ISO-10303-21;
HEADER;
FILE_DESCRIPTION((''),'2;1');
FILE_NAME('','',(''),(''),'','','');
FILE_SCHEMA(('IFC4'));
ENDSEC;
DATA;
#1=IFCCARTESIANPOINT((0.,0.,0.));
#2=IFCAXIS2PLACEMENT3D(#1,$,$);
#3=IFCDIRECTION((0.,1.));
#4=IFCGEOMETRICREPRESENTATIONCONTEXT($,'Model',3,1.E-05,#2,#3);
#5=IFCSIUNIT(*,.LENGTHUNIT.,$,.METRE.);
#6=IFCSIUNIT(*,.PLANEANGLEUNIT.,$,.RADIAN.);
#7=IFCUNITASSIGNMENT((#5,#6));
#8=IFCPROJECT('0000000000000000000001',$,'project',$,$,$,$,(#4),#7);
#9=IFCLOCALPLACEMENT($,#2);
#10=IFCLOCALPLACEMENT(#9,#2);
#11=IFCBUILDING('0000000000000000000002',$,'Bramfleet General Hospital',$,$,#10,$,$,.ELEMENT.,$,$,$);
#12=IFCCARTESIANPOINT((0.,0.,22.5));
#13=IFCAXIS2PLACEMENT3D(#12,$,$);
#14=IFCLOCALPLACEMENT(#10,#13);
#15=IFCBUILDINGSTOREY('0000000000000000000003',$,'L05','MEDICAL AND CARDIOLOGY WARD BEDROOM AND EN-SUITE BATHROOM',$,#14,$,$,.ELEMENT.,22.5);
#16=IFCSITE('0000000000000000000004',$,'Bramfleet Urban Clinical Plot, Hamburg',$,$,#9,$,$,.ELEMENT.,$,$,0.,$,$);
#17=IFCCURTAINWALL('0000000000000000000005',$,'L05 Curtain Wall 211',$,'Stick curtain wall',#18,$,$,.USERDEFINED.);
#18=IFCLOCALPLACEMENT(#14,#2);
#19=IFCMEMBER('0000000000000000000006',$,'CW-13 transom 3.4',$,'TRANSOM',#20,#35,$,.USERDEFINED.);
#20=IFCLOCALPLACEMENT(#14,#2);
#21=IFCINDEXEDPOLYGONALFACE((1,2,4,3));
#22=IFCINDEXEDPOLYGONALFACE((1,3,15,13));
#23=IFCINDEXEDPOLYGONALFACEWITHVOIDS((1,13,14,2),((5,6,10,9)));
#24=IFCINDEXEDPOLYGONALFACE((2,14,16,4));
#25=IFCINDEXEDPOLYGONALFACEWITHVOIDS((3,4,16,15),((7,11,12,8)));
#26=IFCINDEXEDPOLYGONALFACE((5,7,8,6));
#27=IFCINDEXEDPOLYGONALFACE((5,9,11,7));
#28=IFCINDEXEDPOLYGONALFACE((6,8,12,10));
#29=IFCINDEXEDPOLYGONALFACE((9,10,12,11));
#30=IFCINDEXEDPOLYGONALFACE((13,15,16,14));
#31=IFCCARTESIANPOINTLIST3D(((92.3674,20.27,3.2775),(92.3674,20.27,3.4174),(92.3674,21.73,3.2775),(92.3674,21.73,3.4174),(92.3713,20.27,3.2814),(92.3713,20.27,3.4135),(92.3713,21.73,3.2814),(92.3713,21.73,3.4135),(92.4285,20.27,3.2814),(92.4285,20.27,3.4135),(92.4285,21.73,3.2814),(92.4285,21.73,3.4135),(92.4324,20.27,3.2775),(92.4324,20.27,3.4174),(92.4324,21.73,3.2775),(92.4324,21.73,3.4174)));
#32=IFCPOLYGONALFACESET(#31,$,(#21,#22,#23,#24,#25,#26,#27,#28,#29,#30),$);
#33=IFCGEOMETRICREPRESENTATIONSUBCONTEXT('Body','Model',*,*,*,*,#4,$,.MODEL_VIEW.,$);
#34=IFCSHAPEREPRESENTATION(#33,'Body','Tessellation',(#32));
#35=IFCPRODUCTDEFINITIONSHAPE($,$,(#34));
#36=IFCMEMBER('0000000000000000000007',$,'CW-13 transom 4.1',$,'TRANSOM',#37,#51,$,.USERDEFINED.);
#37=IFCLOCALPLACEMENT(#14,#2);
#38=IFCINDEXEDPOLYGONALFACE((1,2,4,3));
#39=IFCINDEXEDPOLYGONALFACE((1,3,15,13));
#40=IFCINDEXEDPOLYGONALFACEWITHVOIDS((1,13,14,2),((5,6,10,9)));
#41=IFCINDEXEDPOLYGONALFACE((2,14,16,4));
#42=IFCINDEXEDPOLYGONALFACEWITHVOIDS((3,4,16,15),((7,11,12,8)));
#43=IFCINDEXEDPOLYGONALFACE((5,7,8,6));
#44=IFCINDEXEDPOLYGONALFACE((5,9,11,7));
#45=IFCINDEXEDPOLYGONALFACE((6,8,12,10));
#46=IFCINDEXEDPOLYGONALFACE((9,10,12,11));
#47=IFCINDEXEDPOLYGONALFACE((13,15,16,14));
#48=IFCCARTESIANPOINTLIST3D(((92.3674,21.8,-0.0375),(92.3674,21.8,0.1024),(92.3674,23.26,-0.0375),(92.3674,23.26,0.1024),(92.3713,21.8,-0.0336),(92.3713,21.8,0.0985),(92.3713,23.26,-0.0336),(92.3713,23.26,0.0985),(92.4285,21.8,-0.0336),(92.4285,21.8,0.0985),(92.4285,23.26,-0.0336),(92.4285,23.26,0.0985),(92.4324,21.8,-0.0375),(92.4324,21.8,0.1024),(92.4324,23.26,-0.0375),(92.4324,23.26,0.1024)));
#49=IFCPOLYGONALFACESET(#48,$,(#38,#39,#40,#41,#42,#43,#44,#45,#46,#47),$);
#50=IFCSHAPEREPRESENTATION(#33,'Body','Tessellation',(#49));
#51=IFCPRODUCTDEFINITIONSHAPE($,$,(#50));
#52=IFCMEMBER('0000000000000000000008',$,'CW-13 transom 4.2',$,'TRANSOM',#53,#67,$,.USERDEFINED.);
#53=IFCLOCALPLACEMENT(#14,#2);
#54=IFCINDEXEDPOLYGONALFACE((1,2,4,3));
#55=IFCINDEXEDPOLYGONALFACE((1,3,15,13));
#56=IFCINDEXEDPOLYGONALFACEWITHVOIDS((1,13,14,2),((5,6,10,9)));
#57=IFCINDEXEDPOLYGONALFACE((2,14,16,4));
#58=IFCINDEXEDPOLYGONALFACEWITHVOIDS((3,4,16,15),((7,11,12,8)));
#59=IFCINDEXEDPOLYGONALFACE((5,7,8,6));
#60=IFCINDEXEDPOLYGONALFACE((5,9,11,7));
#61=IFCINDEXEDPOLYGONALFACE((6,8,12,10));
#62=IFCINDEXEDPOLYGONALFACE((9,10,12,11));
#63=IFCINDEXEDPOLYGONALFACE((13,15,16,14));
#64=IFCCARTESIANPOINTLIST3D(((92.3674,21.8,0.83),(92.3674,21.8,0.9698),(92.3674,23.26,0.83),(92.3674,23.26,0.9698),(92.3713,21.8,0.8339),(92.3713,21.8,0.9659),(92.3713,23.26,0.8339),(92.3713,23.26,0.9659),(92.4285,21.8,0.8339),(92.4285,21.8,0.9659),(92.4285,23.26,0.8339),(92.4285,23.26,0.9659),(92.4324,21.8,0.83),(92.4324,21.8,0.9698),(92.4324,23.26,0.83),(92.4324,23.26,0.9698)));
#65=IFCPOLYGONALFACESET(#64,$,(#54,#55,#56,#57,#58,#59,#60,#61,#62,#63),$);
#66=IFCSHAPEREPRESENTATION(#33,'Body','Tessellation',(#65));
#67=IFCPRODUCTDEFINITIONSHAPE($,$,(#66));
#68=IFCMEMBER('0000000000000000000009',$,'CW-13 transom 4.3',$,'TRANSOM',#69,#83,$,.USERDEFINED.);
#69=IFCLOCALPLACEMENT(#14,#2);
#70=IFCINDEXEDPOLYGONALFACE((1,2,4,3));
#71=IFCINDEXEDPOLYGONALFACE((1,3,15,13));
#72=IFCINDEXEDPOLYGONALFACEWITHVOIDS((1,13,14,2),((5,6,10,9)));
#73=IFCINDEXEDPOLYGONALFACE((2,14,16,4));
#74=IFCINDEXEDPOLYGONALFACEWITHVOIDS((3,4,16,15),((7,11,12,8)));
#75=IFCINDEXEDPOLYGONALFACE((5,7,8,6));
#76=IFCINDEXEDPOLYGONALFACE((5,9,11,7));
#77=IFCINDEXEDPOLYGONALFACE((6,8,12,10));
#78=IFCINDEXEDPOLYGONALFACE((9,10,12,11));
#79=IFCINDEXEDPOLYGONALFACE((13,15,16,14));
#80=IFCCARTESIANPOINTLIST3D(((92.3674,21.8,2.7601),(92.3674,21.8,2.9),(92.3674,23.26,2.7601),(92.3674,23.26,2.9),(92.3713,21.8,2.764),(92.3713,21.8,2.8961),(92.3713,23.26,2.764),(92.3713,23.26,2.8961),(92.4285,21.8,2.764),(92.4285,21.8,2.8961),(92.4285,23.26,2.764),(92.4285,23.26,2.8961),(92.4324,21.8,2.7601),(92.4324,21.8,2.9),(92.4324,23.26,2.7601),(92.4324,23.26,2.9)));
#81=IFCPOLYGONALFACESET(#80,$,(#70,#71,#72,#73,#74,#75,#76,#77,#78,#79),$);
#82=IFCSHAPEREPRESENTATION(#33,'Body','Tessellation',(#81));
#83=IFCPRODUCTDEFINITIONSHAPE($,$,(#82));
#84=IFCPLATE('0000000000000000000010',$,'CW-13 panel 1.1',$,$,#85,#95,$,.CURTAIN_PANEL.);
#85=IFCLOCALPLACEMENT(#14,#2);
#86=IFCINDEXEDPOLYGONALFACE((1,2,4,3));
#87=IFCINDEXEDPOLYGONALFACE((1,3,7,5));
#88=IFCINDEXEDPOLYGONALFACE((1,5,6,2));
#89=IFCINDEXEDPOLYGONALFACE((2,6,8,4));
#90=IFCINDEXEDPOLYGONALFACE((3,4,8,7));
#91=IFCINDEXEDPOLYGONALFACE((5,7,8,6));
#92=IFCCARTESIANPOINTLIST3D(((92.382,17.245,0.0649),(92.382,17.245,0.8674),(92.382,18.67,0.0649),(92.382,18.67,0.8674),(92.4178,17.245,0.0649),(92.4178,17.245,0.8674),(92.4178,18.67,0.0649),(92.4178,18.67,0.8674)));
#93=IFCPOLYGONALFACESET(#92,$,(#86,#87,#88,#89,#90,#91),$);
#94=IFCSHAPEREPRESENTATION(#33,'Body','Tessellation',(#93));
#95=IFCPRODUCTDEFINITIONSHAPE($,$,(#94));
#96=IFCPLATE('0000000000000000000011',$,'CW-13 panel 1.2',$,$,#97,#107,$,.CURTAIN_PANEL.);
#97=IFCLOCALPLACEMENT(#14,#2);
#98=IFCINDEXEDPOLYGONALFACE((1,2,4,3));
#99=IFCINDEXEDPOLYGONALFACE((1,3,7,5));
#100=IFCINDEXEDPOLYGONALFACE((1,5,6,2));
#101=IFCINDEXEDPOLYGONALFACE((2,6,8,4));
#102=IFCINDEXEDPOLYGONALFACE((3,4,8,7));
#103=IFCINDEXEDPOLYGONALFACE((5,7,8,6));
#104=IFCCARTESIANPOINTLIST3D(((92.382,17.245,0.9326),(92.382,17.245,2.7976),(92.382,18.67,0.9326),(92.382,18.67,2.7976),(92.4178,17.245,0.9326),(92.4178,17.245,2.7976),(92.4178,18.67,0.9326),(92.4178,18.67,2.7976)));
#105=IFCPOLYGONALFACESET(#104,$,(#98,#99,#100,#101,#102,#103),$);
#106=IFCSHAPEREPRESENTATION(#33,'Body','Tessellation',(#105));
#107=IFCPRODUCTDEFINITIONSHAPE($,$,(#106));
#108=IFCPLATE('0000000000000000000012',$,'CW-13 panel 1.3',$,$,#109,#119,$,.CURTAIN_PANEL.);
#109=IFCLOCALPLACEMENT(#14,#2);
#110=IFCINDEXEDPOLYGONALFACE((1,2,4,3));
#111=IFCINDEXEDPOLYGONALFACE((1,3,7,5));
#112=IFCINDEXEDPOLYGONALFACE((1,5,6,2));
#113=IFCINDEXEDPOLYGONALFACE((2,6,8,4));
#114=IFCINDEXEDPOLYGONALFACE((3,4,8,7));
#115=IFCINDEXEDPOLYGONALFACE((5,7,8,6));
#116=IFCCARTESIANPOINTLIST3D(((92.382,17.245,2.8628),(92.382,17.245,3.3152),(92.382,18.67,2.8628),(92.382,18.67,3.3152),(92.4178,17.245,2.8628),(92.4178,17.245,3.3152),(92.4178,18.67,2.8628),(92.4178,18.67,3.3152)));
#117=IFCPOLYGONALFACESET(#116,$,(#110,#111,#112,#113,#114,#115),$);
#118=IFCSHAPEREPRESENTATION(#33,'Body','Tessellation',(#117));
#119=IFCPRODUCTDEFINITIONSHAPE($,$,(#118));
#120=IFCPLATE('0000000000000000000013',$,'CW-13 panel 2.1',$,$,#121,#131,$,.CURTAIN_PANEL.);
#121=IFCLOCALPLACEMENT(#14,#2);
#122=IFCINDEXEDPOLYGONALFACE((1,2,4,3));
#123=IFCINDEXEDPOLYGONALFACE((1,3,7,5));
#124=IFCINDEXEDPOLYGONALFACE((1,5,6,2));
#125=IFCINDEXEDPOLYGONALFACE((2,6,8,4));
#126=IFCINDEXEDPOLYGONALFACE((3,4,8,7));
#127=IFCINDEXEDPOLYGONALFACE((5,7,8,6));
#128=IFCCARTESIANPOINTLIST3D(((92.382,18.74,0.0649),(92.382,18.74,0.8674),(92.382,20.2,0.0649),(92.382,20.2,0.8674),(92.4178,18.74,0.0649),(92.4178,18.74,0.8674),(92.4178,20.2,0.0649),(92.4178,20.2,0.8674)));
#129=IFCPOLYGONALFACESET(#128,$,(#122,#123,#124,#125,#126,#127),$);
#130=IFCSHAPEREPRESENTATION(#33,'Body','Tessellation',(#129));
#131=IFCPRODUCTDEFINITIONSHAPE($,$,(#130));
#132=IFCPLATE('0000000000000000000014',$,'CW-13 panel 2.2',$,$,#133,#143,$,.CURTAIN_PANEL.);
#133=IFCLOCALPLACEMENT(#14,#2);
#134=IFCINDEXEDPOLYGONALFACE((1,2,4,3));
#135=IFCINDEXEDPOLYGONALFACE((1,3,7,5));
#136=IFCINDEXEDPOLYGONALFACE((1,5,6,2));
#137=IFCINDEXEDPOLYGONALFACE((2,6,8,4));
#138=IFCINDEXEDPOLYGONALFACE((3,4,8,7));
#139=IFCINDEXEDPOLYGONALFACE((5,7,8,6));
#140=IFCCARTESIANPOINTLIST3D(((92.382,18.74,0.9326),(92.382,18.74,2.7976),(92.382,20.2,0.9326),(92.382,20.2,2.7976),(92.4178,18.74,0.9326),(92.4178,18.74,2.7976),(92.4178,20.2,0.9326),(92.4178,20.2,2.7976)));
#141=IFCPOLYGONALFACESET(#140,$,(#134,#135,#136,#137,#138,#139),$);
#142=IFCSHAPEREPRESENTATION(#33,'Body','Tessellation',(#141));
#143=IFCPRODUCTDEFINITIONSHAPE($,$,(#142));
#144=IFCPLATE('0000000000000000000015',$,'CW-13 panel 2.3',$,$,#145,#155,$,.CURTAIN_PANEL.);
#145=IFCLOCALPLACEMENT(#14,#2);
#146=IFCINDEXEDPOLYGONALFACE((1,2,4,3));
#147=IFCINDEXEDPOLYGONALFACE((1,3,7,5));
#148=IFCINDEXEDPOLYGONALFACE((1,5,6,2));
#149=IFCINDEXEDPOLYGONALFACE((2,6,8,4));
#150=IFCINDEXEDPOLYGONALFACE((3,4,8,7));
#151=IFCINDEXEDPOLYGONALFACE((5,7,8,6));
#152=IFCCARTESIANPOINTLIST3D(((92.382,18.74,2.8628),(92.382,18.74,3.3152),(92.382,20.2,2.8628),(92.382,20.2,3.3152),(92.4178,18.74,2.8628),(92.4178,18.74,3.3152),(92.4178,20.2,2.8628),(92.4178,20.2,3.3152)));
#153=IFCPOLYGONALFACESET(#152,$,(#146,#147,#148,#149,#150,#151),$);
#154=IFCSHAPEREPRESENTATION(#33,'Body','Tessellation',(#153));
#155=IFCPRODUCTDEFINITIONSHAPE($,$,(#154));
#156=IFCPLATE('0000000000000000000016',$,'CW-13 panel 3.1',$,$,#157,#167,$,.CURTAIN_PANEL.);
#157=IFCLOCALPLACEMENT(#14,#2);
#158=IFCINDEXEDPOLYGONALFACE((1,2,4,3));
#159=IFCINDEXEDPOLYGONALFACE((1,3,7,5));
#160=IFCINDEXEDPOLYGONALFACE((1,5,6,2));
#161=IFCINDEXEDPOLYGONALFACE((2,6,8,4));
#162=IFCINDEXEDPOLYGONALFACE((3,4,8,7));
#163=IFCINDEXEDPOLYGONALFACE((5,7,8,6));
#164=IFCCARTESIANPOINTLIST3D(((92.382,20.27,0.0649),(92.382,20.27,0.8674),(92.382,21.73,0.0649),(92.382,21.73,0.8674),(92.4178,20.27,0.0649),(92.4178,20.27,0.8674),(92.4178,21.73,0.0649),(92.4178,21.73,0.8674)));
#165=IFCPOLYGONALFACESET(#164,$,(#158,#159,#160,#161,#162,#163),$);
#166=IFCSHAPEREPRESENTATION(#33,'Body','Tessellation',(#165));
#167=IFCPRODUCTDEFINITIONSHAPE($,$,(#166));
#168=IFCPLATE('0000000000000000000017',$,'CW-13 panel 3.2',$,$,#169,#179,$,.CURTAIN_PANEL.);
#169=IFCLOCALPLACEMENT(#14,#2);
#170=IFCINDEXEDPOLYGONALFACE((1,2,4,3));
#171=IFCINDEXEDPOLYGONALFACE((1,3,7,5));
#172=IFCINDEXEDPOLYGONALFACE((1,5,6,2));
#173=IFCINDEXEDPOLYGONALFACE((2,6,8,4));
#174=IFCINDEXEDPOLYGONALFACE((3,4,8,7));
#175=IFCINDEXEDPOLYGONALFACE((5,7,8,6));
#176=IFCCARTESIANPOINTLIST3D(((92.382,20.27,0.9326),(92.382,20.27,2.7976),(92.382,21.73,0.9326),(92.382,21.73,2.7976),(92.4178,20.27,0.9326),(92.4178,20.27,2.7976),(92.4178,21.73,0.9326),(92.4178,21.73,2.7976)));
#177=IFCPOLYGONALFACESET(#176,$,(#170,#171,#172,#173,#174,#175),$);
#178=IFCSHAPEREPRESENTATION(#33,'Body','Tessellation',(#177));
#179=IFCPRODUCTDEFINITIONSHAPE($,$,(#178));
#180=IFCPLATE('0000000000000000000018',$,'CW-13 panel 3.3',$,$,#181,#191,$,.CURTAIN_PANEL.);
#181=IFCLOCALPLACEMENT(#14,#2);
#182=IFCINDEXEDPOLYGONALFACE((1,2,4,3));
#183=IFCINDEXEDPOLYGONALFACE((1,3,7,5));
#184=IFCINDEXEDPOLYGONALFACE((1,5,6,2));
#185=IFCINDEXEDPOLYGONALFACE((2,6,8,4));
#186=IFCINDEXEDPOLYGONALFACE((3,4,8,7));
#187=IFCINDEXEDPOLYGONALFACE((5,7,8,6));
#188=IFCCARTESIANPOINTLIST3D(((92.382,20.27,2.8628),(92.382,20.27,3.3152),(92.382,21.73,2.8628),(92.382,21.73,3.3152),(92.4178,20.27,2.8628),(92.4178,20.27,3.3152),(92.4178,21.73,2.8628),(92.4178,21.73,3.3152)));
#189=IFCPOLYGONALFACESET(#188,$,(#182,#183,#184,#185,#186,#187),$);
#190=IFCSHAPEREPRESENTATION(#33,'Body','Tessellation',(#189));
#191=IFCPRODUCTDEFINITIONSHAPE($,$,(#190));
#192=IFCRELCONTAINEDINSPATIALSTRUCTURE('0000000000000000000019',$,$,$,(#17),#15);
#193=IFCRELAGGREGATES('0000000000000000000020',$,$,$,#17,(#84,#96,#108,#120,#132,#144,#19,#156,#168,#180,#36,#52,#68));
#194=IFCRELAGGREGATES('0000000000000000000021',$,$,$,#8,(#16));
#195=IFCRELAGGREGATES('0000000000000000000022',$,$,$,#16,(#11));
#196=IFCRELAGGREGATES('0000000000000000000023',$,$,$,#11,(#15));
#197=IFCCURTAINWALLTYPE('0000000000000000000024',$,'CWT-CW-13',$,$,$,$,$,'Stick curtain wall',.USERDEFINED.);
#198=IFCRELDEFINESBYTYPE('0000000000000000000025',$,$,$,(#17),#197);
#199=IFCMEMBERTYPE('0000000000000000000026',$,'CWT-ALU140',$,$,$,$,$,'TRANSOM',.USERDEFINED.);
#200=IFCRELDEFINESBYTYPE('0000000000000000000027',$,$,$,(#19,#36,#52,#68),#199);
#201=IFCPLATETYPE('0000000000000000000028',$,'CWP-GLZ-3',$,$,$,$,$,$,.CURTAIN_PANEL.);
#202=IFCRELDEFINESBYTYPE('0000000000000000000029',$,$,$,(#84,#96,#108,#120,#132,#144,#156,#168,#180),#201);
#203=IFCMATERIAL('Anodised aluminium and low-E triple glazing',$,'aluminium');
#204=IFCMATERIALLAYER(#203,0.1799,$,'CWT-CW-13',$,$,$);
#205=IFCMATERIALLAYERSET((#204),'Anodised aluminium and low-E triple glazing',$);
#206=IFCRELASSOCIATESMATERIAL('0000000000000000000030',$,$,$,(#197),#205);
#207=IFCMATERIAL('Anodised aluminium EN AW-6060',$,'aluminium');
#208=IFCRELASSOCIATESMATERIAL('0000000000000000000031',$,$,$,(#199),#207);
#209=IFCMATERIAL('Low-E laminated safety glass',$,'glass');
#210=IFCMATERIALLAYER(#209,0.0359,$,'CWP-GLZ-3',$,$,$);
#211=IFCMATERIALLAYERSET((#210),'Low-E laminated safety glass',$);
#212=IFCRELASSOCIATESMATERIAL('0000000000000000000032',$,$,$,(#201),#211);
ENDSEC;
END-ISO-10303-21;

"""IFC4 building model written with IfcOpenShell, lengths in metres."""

from ifc_helpers import new_model, si_unit, direction, frame, origin, origin_2d, place, context, subcontext, project, spatial, rectangle, hollow_rectangle, extrude, material, layer, layer_set, material_profile, profile_set, type_object, element, aggregate, save


model = new_model("IFC4")

# Units and contexts
model_context = context("Model", 3, precision=1e-05, world=origin(), true_north=direction((0.0, 1.0)))
body_context = subcontext(model_context, "Body", "Model", "MODEL_VIEW")
ifc_project = project(units=[si_unit("LENGTHUNIT", "METRE"), si_unit("PLANEANGLEUNIT", "RADIAN")], contexts=[model_context])

# Site, building, storey
site_placement = place(None, origin())
site = spatial("IfcSite", under=ifc_project, at=site_placement, Name="Bramfleet Urban Clinical Plot, Hamburg", CompositionType="ELEMENT", RefElevation=0.0)
building_placement = place(site_placement, origin())
building = spatial("IfcBuilding", under=site, at=building_placement, Name="Bramfleet General Hospital", CompositionType="ELEMENT")
storey_placement = place(building_placement, frame((0.0, 0.0, 22.5)))
storey = spatial("IfcBuildingStorey", under=building, at=storey_placement, Name="L05", Description="MEDICAL AND CARDIOLOGY WARD BEDROOM AND EN-SUITE BATHROOM", CompositionType="ELEMENT", Elevation=22.5)

# Curtain wall, members, plates
ifc_material_1 = material(Name="Anodised aluminium and low-E triple glazing", Category="aluminium")
ifc_layer_1 = layer(ifc_material_1, 0.1799, Name="CWT-CW-13")
ifc_layer_set_1 = layer_set([ifc_layer_1], Name="Anodised aluminium and low-E triple glazing")
curtain_wall_type = type_object("IfcCurtainWallType", Name="CWT-CW-13", ElementType="Stick curtain wall", PredefinedType="USERDEFINED", material=ifc_layer_set_1)
curtain_wall_placement = place(storey_placement, origin())
curtain_wall = element("IfcCurtainWall", 1, at=curtain_wall_placement, inside=storey, type_object=curtain_wall_type, Name="L05 Curtain Wall 211", ObjectType="Stick curtain wall", PredefinedType="USERDEFINED")
ifc_material_2 = material(Name="Anodised aluminium EN AW-6060", Category="aluminium")
ifc_material_profile_1 = material_profile(ifc_material_2, hollow_rectangle(XDim=0.0649, YDim=0.1399, WallThickness=0.0039, at=origin_2d()), Name="ALU 140x65x4.0")
ifc_profile_set_1 = profile_set([ifc_material_profile_1], Name="Anodised aluminium EN AW-6060")
member_type_1 = type_object("IfcMemberType", Name="CWT-ALU140", ElementType="TRANSOM", PredefinedType="USERDEFINED", material=ifc_profile_set_1)
member_1_placement = place(storey_placement, frame((92.3999, 20.27, 3.3474), z_axis=(0.0, 1.0, 0.0), x_axis=(-1.0, 0.0, 0.0)))
member_1 = element("IfcMember", 2, at=member_1_placement, type_object=member_type_1, Name="CW-13 transom 3.4", ObjectType="TRANSOM", PredefinedType="USERDEFINED", context=body_context, shape_type="SweptSolid", body=[
    extrude(hollow_rectangle(XDim=0.0649, YDim=0.1399, WallThickness=0.0039, at=origin_2d()), origin(), (0.0, 0.0, 1.0), 1.46),
])
member_2_placement = place(storey_placement, frame((92.3999, 21.8, 0.0325), z_axis=(0.0, 1.0, 0.0), x_axis=(-1.0, 0.0, 0.0)))
member_2 = element("IfcMember", 3, at=member_2_placement, type_object=member_type_1, Name="CW-13 transom 4.1", ObjectType="TRANSOM", PredefinedType="USERDEFINED", context=body_context, shape_type="SweptSolid", body=[
    extrude(hollow_rectangle(XDim=0.0649, YDim=0.1399, WallThickness=0.0039, at=origin_2d()), origin(), (0.0, 0.0, 1.0), 1.46),
])
member_3_placement = place(storey_placement, frame((92.3999, 21.8, 0.8999), z_axis=(0.0, 1.0, 0.0), x_axis=(-1.0, 0.0, 0.0)))
member_3 = element("IfcMember", 4, at=member_3_placement, type_object=member_type_1, Name="CW-13 transom 4.2", ObjectType="TRANSOM", PredefinedType="USERDEFINED", context=body_context, shape_type="SweptSolid", body=[
    extrude(hollow_rectangle(XDim=0.0649, YDim=0.1399, WallThickness=0.0039, at=origin_2d()), origin(), (0.0, 0.0, 1.0), 1.46),
])
member_4_placement = place(storey_placement, frame((92.3999, 21.8, 2.8301), z_axis=(0.0, 1.0, 0.0), x_axis=(-1.0, 0.0, 0.0)))
member_4 = element("IfcMember", 5, at=member_4_placement, type_object=member_type_1, Name="CW-13 transom 4.3", ObjectType="TRANSOM", PredefinedType="USERDEFINED", context=body_context, shape_type="SweptSolid", body=[
    extrude(hollow_rectangle(XDim=0.0649, YDim=0.1399, WallThickness=0.0039, at=origin_2d()), origin(), (0.0, 0.0, 1.0), 1.46),
])
ifc_material_3 = material(Name="Low-E laminated safety glass", Category="glass")
ifc_layer_2 = layer(ifc_material_3, 0.0359, Name="CWP-GLZ-3")
ifc_layer_set_2 = layer_set([ifc_layer_2], Name="Low-E laminated safety glass")
plate_type = type_object("IfcPlateType", Name="CWP-GLZ-3", PredefinedType="CURTAIN_PANEL", material=ifc_layer_set_2)
plate_1_placement = place(storey_placement, frame((92.3999, 17.9575, 0.0649), z_axis=(0.0, 0.0, 1.0), x_axis=(0.0, 1.0, 0.0)))
plate_1 = element("IfcPlate", 6, at=plate_1_placement, type_object=plate_type, Name="CW-13 panel 1.1", PredefinedType="CURTAIN_PANEL", context=body_context, shape_type="SweptSolid", body=[
    extrude(rectangle(XDim=1.425, YDim=0.0359, at=origin_2d()), origin(), (0.0, 0.0, 1.0), 0.8025),
])
plate_2_placement = place(storey_placement, frame((92.3999, 17.9575, 0.9326), z_axis=(0.0, 0.0, 1.0), x_axis=(0.0, 1.0, 0.0)))
plate_2 = element("IfcPlate", 7, at=plate_2_placement, type_object=plate_type, Name="CW-13 panel 1.2", PredefinedType="CURTAIN_PANEL", context=body_context, shape_type="SweptSolid", body=[
    extrude(rectangle(XDim=1.425, YDim=0.0359, at=origin_2d()), origin(), (0.0, 0.0, 1.0), 1.865),
])
plate_3_placement = place(storey_placement, frame((92.3999, 17.9575, 2.8628), z_axis=(0.0, 0.0, 1.0), x_axis=(0.0, 1.0, 0.0)))
plate_3 = element("IfcPlate", 8, at=plate_3_placement, type_object=plate_type, Name="CW-13 panel 1.3", PredefinedType="CURTAIN_PANEL", context=body_context, shape_type="SweptSolid", body=[
    extrude(rectangle(XDim=1.425, YDim=0.0359, at=origin_2d()), origin(), (0.0, 0.0, 1.0), 0.4524),
])
plate_4_placement = place(storey_placement, frame((92.3999, 19.47, 0.0649), z_axis=(0.0, 0.0, 1.0), x_axis=(0.0, 1.0, 0.0)))
plate_4 = element("IfcPlate", 9, at=plate_4_placement, type_object=plate_type, Name="CW-13 panel 2.1", PredefinedType="CURTAIN_PANEL", context=body_context, shape_type="SweptSolid", body=[
    extrude(rectangle(XDim=1.46, YDim=0.0359, at=origin_2d()), origin(), (0.0, 0.0, 1.0), 0.8025),
])
plate_5_placement = place(storey_placement, frame((92.3999, 19.47, 0.9326), z_axis=(0.0, 0.0, 1.0), x_axis=(0.0, 1.0, 0.0)))
plate_5 = element("IfcPlate", 10, at=plate_5_placement, type_object=plate_type, Name="CW-13 panel 2.2", PredefinedType="CURTAIN_PANEL", context=body_context, shape_type="SweptSolid", body=[
    extrude(rectangle(XDim=1.46, YDim=0.0359, at=origin_2d()), origin(), (0.0, 0.0, 1.0), 1.865),
])
plate_6_placement = place(storey_placement, frame((92.3999, 19.47, 2.8628), z_axis=(0.0, 0.0, 1.0), x_axis=(0.0, 1.0, 0.0)))
plate_6 = element("IfcPlate", 11, at=plate_6_placement, type_object=plate_type, Name="CW-13 panel 2.3", PredefinedType="CURTAIN_PANEL", context=body_context, shape_type="SweptSolid", body=[
    extrude(rectangle(XDim=1.46, YDim=0.0359, at=origin_2d()), origin(), (0.0, 0.0, 1.0), 0.4524),
])
plate_7_placement = place(storey_placement, frame((92.3999, 21.0, 0.0649), z_axis=(0.0, 0.0, 1.0), x_axis=(0.0, 1.0, 0.0)))
plate_7 = element("IfcPlate", 12, at=plate_7_placement, type_object=plate_type, Name="CW-13 panel 3.1", PredefinedType="CURTAIN_PANEL", context=body_context, shape_type="SweptSolid", body=[
    extrude(rectangle(XDim=1.46, YDim=0.0359, at=origin_2d()), origin(), (0.0, 0.0, 1.0), 0.8025),
])
plate_8_placement = place(storey_placement, frame((92.3999, 21.0, 0.9326), z_axis=(0.0, 0.0, 1.0), x_axis=(0.0, 1.0, 0.0)))
plate_8 = element("IfcPlate", 13, at=plate_8_placement, type_object=plate_type, Name="CW-13 panel 3.2", PredefinedType="CURTAIN_PANEL", context=body_context, shape_type="SweptSolid", body=[
    extrude(rectangle(XDim=1.46, YDim=0.0359, at=origin_2d()), origin(), (0.0, 0.0, 1.0), 1.865),
])
plate_9_placement = place(storey_placement, frame((92.3999, 21.0, 2.8628), z_axis=(0.0, 0.0, 1.0), x_axis=(0.0, 1.0, 0.0)))
plate_9 = element("IfcPlate", 14, at=plate_9_placement, type_object=plate_type, Name="CW-13 panel 3.3", PredefinedType="CURTAIN_PANEL", context=body_context, shape_type="SweptSolid", body=[
    extrude(rectangle(XDim=1.46, YDim=0.0359, at=origin_2d()), origin(), (0.0, 0.0, 1.0), 0.4524),
])
aggregate(curtain_wall, [plate_1, plate_2, plate_3, plate_4, plate_5, plate_6, member_1, plate_7, plate_8, plate_9, member_2, member_3, member_4])

save(model, "model.ifc")
